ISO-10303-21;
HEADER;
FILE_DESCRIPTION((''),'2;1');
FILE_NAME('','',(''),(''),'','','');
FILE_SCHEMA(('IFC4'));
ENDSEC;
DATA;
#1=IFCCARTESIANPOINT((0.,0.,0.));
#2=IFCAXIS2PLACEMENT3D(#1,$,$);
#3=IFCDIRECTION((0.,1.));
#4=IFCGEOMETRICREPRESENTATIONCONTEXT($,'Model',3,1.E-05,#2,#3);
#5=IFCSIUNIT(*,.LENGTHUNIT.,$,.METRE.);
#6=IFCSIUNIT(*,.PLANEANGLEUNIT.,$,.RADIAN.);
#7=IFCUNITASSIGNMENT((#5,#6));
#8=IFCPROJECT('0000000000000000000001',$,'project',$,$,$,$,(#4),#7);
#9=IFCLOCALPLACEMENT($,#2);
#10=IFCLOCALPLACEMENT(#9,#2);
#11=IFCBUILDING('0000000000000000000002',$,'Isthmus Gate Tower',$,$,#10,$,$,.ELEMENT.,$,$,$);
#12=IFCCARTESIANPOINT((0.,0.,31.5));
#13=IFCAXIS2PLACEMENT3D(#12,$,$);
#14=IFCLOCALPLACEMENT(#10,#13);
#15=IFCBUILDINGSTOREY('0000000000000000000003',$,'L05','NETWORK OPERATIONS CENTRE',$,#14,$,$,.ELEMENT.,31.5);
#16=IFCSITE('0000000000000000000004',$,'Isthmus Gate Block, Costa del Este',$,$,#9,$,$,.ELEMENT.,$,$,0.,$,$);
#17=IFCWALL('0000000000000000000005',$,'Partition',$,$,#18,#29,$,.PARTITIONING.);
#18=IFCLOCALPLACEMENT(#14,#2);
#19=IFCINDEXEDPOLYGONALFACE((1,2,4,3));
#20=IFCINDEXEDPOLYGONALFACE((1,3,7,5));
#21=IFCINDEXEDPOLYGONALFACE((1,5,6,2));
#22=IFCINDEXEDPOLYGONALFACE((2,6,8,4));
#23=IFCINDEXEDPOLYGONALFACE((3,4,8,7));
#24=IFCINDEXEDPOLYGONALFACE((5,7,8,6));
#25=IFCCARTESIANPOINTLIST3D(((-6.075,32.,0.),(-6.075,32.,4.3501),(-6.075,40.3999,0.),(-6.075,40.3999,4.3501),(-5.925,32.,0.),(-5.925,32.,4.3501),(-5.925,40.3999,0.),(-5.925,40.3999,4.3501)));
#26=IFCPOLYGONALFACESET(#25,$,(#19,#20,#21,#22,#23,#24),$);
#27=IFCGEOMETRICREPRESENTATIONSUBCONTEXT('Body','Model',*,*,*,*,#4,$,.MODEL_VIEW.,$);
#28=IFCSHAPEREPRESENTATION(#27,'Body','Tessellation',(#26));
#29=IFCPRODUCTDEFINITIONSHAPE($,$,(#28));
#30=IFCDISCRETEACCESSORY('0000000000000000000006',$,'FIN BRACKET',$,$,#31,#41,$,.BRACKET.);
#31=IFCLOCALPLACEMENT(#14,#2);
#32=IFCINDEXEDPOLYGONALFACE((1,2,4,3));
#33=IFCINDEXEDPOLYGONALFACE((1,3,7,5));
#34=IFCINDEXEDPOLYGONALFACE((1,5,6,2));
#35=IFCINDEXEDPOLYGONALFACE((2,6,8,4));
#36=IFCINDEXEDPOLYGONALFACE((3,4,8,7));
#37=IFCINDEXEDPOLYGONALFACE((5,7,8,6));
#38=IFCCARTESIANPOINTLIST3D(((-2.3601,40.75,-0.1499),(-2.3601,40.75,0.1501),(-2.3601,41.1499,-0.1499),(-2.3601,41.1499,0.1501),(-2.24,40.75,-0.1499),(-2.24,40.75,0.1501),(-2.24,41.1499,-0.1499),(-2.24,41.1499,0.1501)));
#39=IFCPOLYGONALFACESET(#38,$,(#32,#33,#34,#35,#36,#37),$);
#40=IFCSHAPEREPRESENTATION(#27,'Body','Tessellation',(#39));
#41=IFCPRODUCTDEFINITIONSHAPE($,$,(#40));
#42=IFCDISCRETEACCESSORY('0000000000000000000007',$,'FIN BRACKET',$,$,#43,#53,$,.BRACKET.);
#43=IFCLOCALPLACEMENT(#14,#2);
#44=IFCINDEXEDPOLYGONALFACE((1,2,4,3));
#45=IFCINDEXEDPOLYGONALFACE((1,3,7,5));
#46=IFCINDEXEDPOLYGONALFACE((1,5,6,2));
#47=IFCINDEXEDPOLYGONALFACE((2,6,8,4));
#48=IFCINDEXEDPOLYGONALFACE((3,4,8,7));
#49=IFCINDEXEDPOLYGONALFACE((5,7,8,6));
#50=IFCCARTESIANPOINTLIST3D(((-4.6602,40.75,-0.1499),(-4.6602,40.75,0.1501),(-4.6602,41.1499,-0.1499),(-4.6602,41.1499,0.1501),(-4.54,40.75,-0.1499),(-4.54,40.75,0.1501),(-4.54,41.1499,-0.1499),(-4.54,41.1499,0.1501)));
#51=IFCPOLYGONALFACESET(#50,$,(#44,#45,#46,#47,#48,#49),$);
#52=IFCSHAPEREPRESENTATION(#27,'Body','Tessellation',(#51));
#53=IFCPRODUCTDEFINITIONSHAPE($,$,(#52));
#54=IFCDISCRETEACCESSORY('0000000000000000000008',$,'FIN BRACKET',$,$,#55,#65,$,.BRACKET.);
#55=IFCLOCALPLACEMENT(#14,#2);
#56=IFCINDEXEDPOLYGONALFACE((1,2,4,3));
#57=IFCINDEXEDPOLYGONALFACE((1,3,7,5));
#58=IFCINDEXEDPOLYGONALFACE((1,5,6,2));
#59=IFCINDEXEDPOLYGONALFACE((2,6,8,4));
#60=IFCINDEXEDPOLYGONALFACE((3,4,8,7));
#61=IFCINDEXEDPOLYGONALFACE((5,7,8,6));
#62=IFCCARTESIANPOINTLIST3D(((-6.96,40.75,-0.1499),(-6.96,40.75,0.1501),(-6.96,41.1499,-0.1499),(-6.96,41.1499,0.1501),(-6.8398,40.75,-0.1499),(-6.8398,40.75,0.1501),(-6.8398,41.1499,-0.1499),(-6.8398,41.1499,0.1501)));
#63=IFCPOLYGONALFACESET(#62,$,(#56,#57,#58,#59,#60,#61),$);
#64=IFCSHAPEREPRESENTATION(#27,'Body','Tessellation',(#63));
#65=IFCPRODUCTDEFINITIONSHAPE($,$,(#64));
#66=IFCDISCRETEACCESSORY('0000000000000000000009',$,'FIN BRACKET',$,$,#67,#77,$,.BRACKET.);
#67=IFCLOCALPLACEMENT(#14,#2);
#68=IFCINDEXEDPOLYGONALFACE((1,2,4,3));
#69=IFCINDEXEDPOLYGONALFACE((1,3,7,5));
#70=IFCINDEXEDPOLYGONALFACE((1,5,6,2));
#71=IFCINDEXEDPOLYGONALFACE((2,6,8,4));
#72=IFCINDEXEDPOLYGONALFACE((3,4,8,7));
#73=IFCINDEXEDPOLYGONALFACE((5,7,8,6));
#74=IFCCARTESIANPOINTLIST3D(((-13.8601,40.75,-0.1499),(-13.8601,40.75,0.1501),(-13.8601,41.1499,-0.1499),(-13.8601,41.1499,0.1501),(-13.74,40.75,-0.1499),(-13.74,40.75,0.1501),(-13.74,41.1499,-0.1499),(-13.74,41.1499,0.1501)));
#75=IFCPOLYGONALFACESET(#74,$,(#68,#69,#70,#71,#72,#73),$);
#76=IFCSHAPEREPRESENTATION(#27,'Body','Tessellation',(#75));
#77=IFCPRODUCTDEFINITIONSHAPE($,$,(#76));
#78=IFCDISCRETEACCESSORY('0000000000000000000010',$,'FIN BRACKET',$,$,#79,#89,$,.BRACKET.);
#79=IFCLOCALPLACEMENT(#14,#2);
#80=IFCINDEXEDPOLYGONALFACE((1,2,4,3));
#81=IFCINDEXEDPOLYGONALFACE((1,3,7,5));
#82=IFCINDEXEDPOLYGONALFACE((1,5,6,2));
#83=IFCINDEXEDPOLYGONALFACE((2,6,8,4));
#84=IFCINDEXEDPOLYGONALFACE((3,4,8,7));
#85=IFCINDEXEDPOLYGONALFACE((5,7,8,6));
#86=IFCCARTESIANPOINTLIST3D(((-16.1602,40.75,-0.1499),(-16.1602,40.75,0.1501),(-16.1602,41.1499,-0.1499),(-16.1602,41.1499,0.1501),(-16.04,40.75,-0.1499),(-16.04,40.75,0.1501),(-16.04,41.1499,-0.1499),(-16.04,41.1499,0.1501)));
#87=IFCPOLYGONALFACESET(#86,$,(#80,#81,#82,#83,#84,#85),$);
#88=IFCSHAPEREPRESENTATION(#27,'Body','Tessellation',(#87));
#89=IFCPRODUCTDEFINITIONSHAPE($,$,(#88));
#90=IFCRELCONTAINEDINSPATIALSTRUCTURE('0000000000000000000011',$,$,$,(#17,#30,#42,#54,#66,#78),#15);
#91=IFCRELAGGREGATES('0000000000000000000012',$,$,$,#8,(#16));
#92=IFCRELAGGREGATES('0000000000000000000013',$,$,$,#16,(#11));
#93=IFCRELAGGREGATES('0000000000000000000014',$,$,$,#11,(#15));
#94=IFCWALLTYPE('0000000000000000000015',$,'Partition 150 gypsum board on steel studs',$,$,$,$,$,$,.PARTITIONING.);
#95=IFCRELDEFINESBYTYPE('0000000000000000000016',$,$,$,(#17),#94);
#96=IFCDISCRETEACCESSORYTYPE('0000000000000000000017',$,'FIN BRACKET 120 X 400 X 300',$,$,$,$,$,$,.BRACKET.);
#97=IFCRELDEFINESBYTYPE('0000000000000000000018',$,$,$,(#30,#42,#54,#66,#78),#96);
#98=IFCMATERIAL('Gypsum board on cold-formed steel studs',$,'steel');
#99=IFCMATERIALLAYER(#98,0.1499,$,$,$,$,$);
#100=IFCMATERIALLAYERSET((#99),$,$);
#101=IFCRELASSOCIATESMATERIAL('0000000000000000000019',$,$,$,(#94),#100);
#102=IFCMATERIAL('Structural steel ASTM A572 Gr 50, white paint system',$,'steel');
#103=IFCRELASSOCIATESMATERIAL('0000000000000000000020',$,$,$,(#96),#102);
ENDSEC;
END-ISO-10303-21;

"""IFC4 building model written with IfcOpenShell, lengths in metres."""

from ifc_helpers import new_model, si_unit, direction, frame, frame_2d, origin, origin_2d, place, context, subcontext, project, spatial, rectangle, extrude, material, layer, layer_set, type_object, element, save


model = new_model("IFC4")

# Units and contexts
model_context = context("Model", 3, precision=1e-05, world=origin(), true_north=direction((0.0, 1.0)))
body_context = subcontext(model_context, "Body", "Model", "MODEL_VIEW")
ifc_project = project(units=[si_unit("LENGTHUNIT", "METRE"), si_unit("PLANEANGLEUNIT", "RADIAN")], contexts=[model_context])

# Site, building, storey
site_placement = place(None, origin())
site = spatial("IfcSite", under=ifc_project, at=site_placement, Name="Isthmus Gate Block, Costa del Este", CompositionType="ELEMENT", RefElevation=0.0)
building_placement = place(site_placement, origin())
building = spatial("IfcBuilding", under=site, at=building_placement, Name="Isthmus Gate Tower", CompositionType="ELEMENT")
storey_placement = place(building_placement, frame((0.0, 0.0, 31.5)))
storey = spatial("IfcBuildingStorey", under=building, at=storey_placement, Name="L05", Description="NETWORK OPERATIONS CENTRE", CompositionType="ELEMENT", Elevation=31.5)

# Wall
ifc_material_1 = material(Name="Gypsum board on cold-formed steel studs", Category="steel")
ifc_layer_1 = layer(ifc_material_1, 0.1499)
ifc_layer_set_1 = layer_set([ifc_layer_1])
wall_type_1 = type_object("IfcWallType", Name="Partition 150 gypsum board on steel studs", PredefinedType="PARTITIONING", material=ifc_layer_set_1)
wall_1_placement = place(storey_placement, frame((-6.0, 32.0, 0.0), z_axis=(0.0, 0.0, 1.0), x_axis=(0.0, 1.0, 0.0)))
element("IfcWall", 1, at=wall_1_placement, inside=storey, type_object=wall_type_1, Name="Partition", PredefinedType="PARTITIONING", context=body_context, shape_type="SweptSolid", body=[
    extrude(rectangle(XDim=8.3999, YDim=0.1499, at=frame_2d((4.2, 0.0))), origin(), (0.0, 0.0, 1.0), 4.3501),
])

# Discrete accessories
ifc_material_2 = material(Name="Structural steel ASTM A572 Gr 50, white paint system", Category="steel")
discrete_accessory_type = type_object("IfcDiscreteAccessoryType", Name="FIN BRACKET 120 X 400 X 300", PredefinedType="BRACKET", material=ifc_material_2)
for number, where, z_axis, x_axis, name in (
    (2, (-2.3, 40.95, -0.1499), (0.0, 0.0, 1.0), (0.0, 1.0, 0.0), "FIN BRACKET"),
    (3, (-4.6001, 40.95, -0.1499), (0.0, 0.0, 1.0), (0.0, 1.0, 0.0), "FIN BRACKET"),
    (4, (-6.8999, 40.95, -0.1499), (0.0, 0.0, 1.0), (0.0, 1.0, 0.0), "FIN BRACKET"),
    (5, (-13.8, 40.95, -0.1499), (0.0, 0.0, 1.0), (0.0, 1.0, 0.0), "FIN BRACKET"),
    (6, (-16.1001, 40.95, -0.1499), (0.0, 0.0, 1.0), (0.0, 1.0, 0.0), "FIN BRACKET"),
):
    element("IfcDiscreteAccessory", number, at=place(storey_placement, frame(where, z_axis=z_axis, x_axis=x_axis)), inside=storey, type_object=discrete_accessory_type, Name=name, PredefinedType="BRACKET", context=body_context, shape_type="SweptSolid", body=[
        extrude(rectangle(XDim=0.3999, YDim=0.1201, at=origin_2d()), origin(), (0.0, 0.0, 1.0), 0.3),
    ])

save(model, "model.ifc")
